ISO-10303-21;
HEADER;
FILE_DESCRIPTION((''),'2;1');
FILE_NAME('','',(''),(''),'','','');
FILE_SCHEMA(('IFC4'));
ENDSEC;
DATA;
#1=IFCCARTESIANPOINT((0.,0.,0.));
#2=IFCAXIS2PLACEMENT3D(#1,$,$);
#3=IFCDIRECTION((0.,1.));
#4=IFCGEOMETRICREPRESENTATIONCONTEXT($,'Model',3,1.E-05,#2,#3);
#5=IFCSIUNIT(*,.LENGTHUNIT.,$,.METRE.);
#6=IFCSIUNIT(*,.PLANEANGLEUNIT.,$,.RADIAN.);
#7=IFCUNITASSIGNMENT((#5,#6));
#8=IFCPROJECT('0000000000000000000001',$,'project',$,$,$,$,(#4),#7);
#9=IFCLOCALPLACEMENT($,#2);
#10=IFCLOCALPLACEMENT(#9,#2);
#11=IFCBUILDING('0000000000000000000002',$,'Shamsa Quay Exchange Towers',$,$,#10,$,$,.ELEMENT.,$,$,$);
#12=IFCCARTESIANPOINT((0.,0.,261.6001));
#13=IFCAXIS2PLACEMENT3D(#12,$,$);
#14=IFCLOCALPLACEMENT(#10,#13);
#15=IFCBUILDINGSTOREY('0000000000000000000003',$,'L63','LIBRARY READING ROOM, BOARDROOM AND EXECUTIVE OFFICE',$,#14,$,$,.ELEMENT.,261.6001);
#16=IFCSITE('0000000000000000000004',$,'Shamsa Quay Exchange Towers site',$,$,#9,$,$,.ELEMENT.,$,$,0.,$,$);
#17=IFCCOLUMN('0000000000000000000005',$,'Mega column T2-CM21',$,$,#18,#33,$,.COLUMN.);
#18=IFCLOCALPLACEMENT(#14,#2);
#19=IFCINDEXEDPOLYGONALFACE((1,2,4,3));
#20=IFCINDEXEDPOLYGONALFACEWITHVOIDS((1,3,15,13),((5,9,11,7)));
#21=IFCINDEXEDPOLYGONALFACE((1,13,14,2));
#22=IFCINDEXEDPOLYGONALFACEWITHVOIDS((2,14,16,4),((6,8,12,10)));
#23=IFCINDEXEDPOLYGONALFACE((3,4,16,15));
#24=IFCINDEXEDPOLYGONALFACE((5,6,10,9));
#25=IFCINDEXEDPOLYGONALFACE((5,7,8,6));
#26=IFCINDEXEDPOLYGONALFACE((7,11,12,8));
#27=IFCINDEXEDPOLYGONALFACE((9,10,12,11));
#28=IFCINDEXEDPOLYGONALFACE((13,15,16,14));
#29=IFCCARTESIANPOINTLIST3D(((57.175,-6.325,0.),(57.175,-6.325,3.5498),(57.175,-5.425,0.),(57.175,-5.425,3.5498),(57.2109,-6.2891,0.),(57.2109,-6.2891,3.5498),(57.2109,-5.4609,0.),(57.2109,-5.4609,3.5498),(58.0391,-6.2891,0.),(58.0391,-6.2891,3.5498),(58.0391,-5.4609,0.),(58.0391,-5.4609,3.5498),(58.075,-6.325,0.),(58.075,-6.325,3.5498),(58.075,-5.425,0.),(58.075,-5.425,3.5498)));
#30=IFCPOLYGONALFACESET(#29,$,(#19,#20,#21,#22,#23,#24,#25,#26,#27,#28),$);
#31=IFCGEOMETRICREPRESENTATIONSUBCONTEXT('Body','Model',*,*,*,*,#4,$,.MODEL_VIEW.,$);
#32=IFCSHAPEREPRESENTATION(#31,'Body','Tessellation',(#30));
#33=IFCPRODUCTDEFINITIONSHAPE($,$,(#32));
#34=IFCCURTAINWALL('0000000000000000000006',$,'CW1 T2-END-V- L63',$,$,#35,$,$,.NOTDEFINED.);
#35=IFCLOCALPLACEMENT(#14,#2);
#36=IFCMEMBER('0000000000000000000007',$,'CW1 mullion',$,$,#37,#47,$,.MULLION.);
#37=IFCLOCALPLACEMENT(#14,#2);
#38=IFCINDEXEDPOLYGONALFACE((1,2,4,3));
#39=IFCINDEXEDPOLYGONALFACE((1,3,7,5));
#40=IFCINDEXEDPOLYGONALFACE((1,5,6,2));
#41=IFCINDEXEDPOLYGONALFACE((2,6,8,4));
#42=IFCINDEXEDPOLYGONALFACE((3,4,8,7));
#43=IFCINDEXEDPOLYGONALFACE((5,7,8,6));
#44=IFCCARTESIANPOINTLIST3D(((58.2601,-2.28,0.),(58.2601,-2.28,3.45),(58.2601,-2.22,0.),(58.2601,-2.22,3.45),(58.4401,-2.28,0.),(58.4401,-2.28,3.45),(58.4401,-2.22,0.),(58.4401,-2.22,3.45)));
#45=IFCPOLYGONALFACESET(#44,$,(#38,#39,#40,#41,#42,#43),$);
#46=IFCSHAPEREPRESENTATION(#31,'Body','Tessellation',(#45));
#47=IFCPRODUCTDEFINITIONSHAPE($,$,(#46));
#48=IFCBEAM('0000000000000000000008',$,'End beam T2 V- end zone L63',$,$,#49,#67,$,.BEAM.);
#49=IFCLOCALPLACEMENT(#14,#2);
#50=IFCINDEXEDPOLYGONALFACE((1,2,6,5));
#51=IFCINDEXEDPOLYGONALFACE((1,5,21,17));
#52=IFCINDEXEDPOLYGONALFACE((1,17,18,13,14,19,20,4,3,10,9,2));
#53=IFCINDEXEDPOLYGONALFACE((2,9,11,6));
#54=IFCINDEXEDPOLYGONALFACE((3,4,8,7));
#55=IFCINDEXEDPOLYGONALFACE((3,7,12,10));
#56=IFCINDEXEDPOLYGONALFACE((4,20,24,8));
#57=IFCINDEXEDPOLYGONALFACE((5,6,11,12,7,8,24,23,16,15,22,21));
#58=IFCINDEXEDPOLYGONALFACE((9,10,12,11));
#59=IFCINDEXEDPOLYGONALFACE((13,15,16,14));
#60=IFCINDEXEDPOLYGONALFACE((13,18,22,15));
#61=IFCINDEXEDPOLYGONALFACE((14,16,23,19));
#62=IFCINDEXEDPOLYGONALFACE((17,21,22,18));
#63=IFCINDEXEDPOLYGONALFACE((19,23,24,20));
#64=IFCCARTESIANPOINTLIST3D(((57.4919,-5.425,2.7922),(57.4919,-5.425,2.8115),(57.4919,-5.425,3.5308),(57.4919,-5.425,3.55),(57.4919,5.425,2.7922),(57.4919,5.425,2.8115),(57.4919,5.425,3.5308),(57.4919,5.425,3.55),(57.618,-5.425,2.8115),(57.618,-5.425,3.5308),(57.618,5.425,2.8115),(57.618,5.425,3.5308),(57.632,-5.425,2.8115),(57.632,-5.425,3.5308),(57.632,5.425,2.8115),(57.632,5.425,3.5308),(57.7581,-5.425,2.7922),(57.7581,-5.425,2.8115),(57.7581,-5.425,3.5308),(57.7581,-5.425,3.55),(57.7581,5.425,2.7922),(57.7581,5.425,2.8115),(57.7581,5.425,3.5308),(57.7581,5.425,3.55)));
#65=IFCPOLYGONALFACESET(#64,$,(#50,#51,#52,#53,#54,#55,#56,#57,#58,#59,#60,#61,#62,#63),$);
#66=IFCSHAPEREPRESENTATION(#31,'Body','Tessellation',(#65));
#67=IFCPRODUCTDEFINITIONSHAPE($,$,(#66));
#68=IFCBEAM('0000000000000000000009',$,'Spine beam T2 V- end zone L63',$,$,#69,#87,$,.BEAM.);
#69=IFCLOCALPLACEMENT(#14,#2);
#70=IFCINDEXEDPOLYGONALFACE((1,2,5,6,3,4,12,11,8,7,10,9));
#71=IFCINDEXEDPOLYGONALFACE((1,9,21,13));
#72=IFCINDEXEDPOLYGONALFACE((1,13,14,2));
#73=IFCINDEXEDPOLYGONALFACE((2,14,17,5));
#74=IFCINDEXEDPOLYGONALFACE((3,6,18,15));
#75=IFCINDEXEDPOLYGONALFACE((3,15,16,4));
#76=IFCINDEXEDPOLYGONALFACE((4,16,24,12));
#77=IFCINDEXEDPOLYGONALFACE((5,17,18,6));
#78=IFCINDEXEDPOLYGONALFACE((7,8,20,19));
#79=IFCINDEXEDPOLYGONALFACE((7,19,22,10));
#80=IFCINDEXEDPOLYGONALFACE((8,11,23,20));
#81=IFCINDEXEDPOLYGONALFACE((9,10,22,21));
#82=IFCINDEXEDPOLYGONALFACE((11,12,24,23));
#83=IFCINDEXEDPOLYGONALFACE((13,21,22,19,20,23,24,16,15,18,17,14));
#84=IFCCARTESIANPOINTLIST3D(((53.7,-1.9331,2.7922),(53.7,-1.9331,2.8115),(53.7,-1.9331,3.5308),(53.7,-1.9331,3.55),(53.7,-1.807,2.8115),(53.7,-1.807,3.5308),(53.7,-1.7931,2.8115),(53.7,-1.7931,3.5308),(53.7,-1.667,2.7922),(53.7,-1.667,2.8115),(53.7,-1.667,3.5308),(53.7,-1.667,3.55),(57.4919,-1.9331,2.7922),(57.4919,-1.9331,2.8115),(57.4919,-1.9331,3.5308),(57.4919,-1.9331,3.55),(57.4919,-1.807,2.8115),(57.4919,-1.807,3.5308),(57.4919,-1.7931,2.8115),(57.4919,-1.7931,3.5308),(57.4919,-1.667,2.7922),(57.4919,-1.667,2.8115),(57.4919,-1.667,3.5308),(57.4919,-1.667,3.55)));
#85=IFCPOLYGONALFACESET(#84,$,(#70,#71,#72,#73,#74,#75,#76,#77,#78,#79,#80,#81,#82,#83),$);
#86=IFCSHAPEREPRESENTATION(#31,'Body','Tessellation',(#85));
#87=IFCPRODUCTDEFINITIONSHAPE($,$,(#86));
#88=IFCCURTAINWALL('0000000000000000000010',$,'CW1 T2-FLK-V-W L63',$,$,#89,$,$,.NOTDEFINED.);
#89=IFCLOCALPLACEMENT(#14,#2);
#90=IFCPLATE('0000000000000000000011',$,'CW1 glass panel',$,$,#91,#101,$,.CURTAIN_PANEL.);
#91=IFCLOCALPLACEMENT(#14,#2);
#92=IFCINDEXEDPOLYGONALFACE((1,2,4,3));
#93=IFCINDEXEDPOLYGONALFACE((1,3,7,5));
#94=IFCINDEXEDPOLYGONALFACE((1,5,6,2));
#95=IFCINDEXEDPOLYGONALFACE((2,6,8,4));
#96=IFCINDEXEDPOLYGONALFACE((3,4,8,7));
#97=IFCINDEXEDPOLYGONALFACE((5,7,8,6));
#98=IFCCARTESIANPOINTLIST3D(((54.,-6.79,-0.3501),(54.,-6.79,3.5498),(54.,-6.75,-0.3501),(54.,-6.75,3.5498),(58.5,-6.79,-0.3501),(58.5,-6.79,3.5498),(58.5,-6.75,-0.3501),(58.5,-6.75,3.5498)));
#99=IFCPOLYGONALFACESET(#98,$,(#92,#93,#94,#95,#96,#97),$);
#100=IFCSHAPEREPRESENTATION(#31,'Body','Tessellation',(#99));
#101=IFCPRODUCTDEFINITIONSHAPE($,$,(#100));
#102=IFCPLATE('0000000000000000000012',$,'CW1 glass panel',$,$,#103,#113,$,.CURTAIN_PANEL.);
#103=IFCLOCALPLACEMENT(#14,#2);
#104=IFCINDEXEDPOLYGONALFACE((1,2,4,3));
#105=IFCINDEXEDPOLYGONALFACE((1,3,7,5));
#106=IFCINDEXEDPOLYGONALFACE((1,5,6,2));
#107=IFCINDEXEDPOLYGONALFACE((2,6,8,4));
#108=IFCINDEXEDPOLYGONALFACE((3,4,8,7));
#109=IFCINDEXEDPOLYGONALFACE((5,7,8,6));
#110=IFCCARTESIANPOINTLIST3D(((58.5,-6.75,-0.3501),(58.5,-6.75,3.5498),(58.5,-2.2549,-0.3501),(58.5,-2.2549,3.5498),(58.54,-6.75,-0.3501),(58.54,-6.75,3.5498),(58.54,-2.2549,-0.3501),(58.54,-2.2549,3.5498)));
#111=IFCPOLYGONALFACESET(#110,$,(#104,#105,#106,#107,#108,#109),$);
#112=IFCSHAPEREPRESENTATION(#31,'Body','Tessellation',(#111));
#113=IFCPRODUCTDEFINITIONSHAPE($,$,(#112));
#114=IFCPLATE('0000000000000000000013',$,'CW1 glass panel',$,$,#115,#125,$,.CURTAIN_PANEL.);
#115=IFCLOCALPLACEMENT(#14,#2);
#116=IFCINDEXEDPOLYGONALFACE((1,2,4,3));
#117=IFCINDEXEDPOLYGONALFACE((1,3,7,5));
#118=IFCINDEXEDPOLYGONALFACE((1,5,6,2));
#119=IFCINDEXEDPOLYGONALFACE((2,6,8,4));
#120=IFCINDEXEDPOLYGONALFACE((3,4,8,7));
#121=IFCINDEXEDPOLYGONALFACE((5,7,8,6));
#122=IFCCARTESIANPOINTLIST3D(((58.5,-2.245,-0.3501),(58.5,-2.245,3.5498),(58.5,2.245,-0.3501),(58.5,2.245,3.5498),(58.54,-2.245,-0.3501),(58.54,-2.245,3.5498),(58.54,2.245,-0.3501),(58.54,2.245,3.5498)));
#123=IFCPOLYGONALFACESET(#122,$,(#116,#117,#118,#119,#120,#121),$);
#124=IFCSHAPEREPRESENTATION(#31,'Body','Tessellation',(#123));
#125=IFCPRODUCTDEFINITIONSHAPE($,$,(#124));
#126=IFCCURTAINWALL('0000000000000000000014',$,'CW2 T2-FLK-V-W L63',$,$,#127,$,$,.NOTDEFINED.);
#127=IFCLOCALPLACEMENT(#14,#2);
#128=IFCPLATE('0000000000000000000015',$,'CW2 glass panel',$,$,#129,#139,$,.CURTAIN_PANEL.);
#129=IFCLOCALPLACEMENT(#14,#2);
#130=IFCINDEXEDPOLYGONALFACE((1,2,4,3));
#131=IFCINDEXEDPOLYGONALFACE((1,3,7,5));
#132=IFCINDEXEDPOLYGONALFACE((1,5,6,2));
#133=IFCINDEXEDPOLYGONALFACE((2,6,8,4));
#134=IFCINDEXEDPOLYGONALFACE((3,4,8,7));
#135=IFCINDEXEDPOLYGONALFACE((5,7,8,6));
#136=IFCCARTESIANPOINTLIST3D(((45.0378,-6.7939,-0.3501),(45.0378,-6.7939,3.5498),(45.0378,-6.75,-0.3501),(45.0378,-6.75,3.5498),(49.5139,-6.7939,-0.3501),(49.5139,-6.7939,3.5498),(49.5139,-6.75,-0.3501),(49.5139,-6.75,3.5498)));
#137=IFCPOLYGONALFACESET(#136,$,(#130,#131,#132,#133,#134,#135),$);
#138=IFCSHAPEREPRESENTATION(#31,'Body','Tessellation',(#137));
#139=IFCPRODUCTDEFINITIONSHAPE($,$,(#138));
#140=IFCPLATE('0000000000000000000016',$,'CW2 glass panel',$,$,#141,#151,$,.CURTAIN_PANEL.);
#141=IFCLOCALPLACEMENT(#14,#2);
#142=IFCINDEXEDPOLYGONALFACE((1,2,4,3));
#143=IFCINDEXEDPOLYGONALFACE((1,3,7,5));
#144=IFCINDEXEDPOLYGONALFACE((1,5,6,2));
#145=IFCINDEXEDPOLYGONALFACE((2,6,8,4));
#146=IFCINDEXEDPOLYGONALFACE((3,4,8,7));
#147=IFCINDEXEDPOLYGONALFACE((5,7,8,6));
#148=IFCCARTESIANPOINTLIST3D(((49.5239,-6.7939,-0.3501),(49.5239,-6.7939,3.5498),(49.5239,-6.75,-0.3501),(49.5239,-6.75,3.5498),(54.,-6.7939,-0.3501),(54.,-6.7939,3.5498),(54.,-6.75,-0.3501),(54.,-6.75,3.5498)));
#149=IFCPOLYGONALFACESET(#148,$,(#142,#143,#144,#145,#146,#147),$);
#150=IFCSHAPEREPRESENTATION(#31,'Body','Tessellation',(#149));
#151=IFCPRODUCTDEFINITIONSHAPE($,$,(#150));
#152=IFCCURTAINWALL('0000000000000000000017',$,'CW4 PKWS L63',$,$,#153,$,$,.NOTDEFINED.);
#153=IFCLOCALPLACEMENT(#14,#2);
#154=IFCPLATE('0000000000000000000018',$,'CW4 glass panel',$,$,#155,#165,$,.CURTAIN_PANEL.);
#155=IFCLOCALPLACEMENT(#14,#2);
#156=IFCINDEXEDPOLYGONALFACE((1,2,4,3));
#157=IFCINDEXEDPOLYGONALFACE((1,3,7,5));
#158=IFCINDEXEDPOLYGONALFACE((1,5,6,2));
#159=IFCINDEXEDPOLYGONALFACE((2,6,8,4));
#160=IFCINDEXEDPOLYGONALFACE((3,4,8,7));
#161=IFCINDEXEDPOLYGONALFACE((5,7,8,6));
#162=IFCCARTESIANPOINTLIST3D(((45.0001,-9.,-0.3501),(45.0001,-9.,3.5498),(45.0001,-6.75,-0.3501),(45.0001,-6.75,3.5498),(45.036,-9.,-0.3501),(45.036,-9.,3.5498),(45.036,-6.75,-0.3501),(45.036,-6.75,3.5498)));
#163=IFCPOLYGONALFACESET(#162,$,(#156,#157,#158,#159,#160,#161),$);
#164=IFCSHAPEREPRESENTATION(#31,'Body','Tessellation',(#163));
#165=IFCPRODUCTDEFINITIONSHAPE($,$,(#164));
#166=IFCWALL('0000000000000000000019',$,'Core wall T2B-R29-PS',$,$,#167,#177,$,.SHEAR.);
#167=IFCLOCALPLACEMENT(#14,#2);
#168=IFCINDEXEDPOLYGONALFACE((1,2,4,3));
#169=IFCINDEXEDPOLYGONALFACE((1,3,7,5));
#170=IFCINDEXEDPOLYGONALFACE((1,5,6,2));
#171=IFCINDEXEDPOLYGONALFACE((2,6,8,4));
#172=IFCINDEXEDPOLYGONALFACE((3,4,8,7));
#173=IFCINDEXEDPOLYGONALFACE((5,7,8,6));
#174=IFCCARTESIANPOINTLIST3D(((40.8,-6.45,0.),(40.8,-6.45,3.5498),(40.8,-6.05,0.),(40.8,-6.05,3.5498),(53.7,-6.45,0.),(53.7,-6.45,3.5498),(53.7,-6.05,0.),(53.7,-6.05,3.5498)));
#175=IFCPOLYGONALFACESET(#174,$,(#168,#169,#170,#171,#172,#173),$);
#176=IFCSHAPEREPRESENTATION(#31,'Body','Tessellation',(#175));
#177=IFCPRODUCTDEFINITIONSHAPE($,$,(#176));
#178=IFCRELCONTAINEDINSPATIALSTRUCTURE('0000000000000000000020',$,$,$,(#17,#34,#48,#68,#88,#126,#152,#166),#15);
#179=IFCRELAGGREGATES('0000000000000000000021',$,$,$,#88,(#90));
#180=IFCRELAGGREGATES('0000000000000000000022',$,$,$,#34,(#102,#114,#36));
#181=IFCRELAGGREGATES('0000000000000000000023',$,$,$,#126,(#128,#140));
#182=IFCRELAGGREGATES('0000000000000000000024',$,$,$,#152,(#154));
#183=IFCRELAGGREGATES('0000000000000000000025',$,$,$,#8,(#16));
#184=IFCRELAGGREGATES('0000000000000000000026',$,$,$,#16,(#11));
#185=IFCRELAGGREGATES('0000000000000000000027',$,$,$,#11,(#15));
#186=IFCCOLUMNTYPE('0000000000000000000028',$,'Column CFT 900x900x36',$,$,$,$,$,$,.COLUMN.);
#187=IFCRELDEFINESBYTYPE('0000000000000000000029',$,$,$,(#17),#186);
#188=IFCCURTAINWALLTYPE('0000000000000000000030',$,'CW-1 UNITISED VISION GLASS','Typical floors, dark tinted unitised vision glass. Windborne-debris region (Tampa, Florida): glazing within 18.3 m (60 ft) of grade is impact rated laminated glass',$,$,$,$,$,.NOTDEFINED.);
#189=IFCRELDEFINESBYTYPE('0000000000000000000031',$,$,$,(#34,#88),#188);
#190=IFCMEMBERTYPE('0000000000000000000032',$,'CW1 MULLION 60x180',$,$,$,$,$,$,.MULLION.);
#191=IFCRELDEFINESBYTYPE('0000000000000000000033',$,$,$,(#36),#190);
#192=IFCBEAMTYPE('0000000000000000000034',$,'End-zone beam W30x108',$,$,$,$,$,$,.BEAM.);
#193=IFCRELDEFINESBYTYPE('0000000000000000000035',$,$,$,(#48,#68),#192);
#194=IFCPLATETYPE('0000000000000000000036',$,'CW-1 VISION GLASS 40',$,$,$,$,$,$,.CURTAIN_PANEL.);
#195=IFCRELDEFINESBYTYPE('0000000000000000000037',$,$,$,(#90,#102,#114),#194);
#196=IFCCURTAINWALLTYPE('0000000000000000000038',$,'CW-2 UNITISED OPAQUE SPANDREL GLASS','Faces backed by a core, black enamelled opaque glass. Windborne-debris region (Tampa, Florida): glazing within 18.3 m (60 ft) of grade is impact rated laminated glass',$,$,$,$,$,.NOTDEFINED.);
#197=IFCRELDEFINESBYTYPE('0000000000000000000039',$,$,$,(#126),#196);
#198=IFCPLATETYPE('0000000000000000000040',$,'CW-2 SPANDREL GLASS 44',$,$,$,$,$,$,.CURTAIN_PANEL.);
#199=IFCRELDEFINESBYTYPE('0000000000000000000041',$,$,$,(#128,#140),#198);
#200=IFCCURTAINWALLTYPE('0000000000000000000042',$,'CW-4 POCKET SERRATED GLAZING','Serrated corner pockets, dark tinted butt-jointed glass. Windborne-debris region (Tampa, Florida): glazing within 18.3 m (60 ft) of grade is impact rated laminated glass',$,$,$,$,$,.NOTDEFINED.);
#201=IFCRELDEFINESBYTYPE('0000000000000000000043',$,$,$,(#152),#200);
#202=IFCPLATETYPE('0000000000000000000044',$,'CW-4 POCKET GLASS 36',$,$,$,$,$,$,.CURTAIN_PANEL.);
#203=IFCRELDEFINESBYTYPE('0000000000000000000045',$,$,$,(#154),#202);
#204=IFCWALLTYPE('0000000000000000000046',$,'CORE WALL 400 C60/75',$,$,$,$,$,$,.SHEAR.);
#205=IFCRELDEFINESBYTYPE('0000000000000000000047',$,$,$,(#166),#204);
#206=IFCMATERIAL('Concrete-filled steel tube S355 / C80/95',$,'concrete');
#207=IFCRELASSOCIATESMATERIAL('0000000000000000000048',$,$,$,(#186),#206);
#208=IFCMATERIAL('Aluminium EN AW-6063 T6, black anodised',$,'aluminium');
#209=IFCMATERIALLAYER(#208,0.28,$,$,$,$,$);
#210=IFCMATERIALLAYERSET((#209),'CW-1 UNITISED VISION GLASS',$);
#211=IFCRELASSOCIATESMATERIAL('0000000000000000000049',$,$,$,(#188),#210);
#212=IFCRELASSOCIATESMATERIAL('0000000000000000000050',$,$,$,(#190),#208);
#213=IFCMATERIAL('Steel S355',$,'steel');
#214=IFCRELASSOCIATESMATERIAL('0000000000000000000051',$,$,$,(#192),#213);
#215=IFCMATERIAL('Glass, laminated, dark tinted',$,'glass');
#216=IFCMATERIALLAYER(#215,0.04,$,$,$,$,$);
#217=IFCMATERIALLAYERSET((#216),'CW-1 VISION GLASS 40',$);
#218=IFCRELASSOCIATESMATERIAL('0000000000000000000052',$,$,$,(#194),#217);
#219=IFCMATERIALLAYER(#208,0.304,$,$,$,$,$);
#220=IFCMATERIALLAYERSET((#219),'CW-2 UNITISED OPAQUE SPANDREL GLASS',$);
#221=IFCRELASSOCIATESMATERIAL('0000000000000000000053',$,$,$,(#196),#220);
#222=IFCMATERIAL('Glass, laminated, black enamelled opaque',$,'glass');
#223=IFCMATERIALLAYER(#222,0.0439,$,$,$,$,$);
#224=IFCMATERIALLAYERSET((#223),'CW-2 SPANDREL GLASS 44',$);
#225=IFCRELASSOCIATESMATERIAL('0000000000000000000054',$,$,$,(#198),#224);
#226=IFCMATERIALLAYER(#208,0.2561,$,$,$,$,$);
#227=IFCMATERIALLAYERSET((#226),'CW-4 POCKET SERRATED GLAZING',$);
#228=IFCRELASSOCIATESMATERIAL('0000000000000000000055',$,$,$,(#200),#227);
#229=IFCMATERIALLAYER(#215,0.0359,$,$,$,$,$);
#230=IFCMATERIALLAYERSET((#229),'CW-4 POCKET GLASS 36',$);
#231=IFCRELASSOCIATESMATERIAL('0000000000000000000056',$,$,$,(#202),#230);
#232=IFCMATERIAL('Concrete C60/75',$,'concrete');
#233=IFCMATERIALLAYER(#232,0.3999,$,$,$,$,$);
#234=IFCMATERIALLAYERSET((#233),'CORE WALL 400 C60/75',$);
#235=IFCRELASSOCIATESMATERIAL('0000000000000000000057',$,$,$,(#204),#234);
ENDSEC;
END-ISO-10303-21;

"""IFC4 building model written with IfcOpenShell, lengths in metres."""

from ifc_helpers import new_model, si_unit, direction, frame, frame_2d, origin, origin_2d, place, context, subcontext, project, spatial, rectangle, hollow_rectangle, i_section, extrude, material, layer, layer_set, material_profile, profile_set, type_object, element, aggregate, save


model = new_model("IFC4")

# Units and contexts
model_context = context("Model", 3, precision=1e-05, world=origin(), true_north=direction((0.0, 1.0)))
body_context = subcontext(model_context, "Body", "Model", "MODEL_VIEW")
ifc_project = project(units=[si_unit("LENGTHUNIT", "METRE"), si_unit("PLANEANGLEUNIT", "RADIAN")], contexts=[model_context])

# Site, building, storey
site_placement = place(None, origin())
site = spatial("IfcSite", under=ifc_project, at=site_placement, Name="Shamsa Quay Exchange Towers site", CompositionType="ELEMENT", RefElevation=0.0)
building_placement = place(site_placement, origin())
building = spatial("IfcBuilding", under=site, at=building_placement, Name="Shamsa Quay Exchange Towers", CompositionType="ELEMENT")
storey_placement = place(building_placement, frame((0.0, 0.0, 261.6001)))
storey = spatial("IfcBuildingStorey", under=building, at=storey_placement, Name="L63", Description="LIBRARY READING ROOM, BOARDROOM AND EXECUTIVE OFFICE", CompositionType="ELEMENT", Elevation=261.6001)

# Column
ifc_material_1 = material(Name="Concrete-filled steel tube S355 / C80/95", Category="concrete")
ifc_material_profile_1 = material_profile(ifc_material_1, hollow_rectangle(XDim=0.8999, YDim=0.8999, WallThickness=0.0359, at=origin_2d()), Name="CFT 900x900x36")
ifc_profile_set_1 = profile_set([ifc_material_profile_1], Name="Concrete-filled steel tube S355 / C80/95")
column_type = type_object("IfcColumnType", Name="Column CFT 900x900x36", PredefinedType="COLUMN", material=ifc_profile_set_1)
column_placement = place(storey_placement, frame((57.625, -5.875, 0.0)))
element("IfcColumn", 1, at=column_placement, inside=storey, type_object=column_type, Name="Mega column T2-CM21", PredefinedType="COLUMN", context=body_context, shape_type="SweptSolid", body=[
    extrude(hollow_rectangle(XDim=0.8999, YDim=0.8999, WallThickness=0.0359, at=origin_2d()), origin(), (0.0, 0.0, 1.0), 3.5498),
])

# Curtain wall, member
ifc_material_2 = material(Name="Aluminium EN AW-6063 T6, black anodised", Category="aluminium")
ifc_layer_1 = layer(ifc_material_2, 0.28)
ifc_layer_set_1 = layer_set([ifc_layer_1], Name="CW-1 UNITISED VISION GLASS")
curtain_wall_type_1 = type_object("IfcCurtainWallType", Name="CW-1 UNITISED VISION GLASS", Description="Typical floors, dark tinted unitised vision glass. Windborne-debris region (Tampa, Florida): glazing within 18.3 m (60 ft) of grade is impact rated laminated glass", PredefinedType="NOTDEFINED", material=ifc_layer_set_1)
curtain_wall_1_placement = place(storey_placement, origin())
curtain_wall_1 = element("IfcCurtainWall", 2, at=curtain_wall_1_placement, inside=storey, type_object=curtain_wall_type_1, Name="CW1 T2-END-V- L63", PredefinedType="NOTDEFINED")
ifc_material_profile_2 = material_profile(ifc_material_2, rectangle(XDim=0.1799, YDim=0.0601, at=origin_2d()), Name="MU60x180")
ifc_profile_set_2 = profile_set([ifc_material_profile_2], Name="Aluminium EN AW-6063 T6, black anodised")
member_type = type_object("IfcMemberType", Name="CW1 MULLION 60x180", PredefinedType="MULLION", material=ifc_profile_set_2)
member_placement = place(storey_placement, frame((58.3501, -2.25, 0.0), z_axis=(0.0, 0.0, 1.0), x_axis=(-1.0, 0.0, 0.0)))
member = element("IfcMember", 3, at=member_placement, type_object=member_type, Name="CW1 mullion", PredefinedType="MULLION", context=body_context, shape_type="SweptSolid", body=[
    extrude(rectangle(XDim=0.1799, YDim=0.0601, at=origin_2d()), origin(), (0.0, 0.0, 1.0), 3.45),
])

# Beams
ifc_material_3 = material(Name="Steel S355", Category="steel")
ifc_material_profile_3 = material_profile(ifc_material_3, i_section(OverallWidth=0.2661, OverallDepth=0.7578, WebThickness=0.0139, FlangeThickness=0.0193, at=origin_2d()), Name="W30x108")
ifc_profile_set_3 = profile_set([ifc_material_profile_3], Name="Steel S355")
beam_type = type_object("IfcBeamType", Name="End-zone beam W30x108", PredefinedType="BEAM", material=ifc_profile_set_3)
beam_1_placement = place(storey_placement, frame((57.625, -5.425, 3.1711), z_axis=(0.0, 1.0, 0.0), x_axis=(-1.0, 0.0, 0.0)))
element("IfcBeam", 4, at=beam_1_placement, inside=storey, type_object=beam_type, Name="End beam T2 V- end zone L63", PredefinedType="BEAM", context=body_context, shape_type="SweptSolid", body=[
    extrude(i_section(OverallWidth=0.2661, OverallDepth=0.7578, WebThickness=0.0139, FlangeThickness=0.0193, at=origin_2d()), origin(), (0.0, 0.0, 1.0), 10.8501),
])
beam_2_placement = place(storey_placement, frame((53.7, -1.8, 3.1711), z_axis=(1.0, 0.0, 0.0), x_axis=(0.0, 1.0, 0.0)))
element("IfcBeam", 5, at=beam_2_placement, inside=storey, type_object=beam_type, Name="Spine beam T2 V- end zone L63", PredefinedType="BEAM", context=body_context, shape_type="SweptSolid", body=[
    extrude(i_section(OverallWidth=0.2661, OverallDepth=0.7578, WebThickness=0.0139, FlangeThickness=0.0193, at=origin_2d()), origin(), (0.0, 0.0, 1.0), 3.792),
])

# Curtain wall, plate
curtain_wall_2_placement = place(storey_placement, origin())
curtain_wall_2 = element("IfcCurtainWall", 6, at=curtain_wall_2_placement, inside=storey, type_object=curtain_wall_type_1, Name="CW1 T2-FLK-V-W L63", PredefinedType="NOTDEFINED")
ifc_material_4 = material(Name="Glass, laminated, dark tinted", Category="glass")
ifc_layer_2 = layer(ifc_material_4, 0.04)
ifc_layer_set_2 = layer_set([ifc_layer_2], Name="CW-1 VISION GLASS 40")
plate_type_1 = type_object("IfcPlateType", Name="CW-1 VISION GLASS 40", PredefinedType="CURTAIN_PANEL", material=ifc_layer_set_2)
plate_1_placement = place(storey_placement, frame((56.25, -6.77, -0.3501)))
plate_1 = element("IfcPlate", 7, at=plate_1_placement, type_object=plate_type_1, Name="CW1 glass panel", PredefinedType="CURTAIN_PANEL", context=body_context, shape_type="SweptSolid", body=[
    extrude(rectangle(XDim=4.5, YDim=0.04, at=origin_2d()), origin(), (0.0, 0.0, 1.0), 3.8999),
])
aggregate(curtain_wall_2, [plate_1])

# Plates
plate_2_placement = place(storey_placement, frame((58.52, -4.5024, -0.3501), z_axis=(0.0, 0.0, 1.0), x_axis=(0.0, 1.0, 0.0)))
plate_2 = element("IfcPlate", 8, at=plate_2_placement, type_object=plate_type_1, Name="CW1 glass panel", PredefinedType="CURTAIN_PANEL", context=body_context, shape_type="SweptSolid", body=[
    extrude(rectangle(XDim=4.4951, YDim=0.04, at=origin_2d()), origin(), (0.0, 0.0, 1.0), 3.8999),
])
plate_3_placement = place(storey_placement, frame((58.52, 0.0, -0.3501), z_axis=(0.0, 0.0, 1.0), x_axis=(0.0, 1.0, 0.0)))
plate_3 = element("IfcPlate", 9, at=plate_3_placement, type_object=plate_type_1, Name="CW1 glass panel", PredefinedType="CURTAIN_PANEL", context=body_context, shape_type="SweptSolid", body=[
    extrude(rectangle(XDim=4.49, YDim=0.04, at=origin_2d()), origin(), (0.0, 0.0, 1.0), 3.8999),
])
aggregate(curtain_wall_1, [plate_2, plate_3, member])

# Curtain wall, plates
ifc_layer_3 = layer(ifc_material_2, 0.304)
ifc_layer_set_3 = layer_set([ifc_layer_3], Name="CW-2 UNITISED OPAQUE SPANDREL GLASS")
curtain_wall_type_2 = type_object("IfcCurtainWallType", Name="CW-2 UNITISED OPAQUE SPANDREL GLASS", Description="Faces backed by a core, black enamelled opaque glass. Windborne-debris region (Tampa, Florida): glazing within 18.3 m (60 ft) of grade is impact rated laminated glass", PredefinedType="NOTDEFINED", material=ifc_layer_set_3)
curtain_wall_3_placement = place(storey_placement, origin())
curtain_wall_3 = element("IfcCurtainWall", 10, at=curtain_wall_3_placement, inside=storey, type_object=curtain_wall_type_2, Name="CW2 T2-FLK-V-W L63", PredefinedType="NOTDEFINED")
ifc_material_5 = material(Name="Glass, laminated, black enamelled opaque", Category="glass")
ifc_layer_4 = layer(ifc_material_5, 0.0439)
ifc_layer_set_4 = layer_set([ifc_layer_4], Name="CW-2 SPANDREL GLASS 44")
plate_type_2 = type_object("IfcPlateType", Name="CW-2 SPANDREL GLASS 44", PredefinedType="CURTAIN_PANEL", material=ifc_layer_set_4)
plate_4_placement = place(storey_placement, frame((47.2759, -6.772, -0.3501)))
plate_4 = element("IfcPlate", 11, at=plate_4_placement, type_object=plate_type_2, Name="CW2 glass panel", PredefinedType="CURTAIN_PANEL", context=body_context, shape_type="SweptSolid", body=[
    extrude(rectangle(XDim=4.4761, YDim=0.0439, at=origin_2d()), origin(), (0.0, 0.0, 1.0), 3.8999),
])
plate_5_placement = place(storey_placement, frame((51.762, -6.772, -0.3501)))
plate_5 = element("IfcPlate", 12, at=plate_5_placement, type_object=plate_type_2, Name="CW2 glass panel", PredefinedType="CURTAIN_PANEL", context=body_context, shape_type="SweptSolid", body=[
    extrude(rectangle(XDim=4.4761, YDim=0.0439, at=origin_2d()), origin(), (0.0, 0.0, 1.0), 3.8999),
])
aggregate(curtain_wall_3, [plate_4, plate_5])

# Curtain wall, plate
ifc_layer_5 = layer(ifc_material_2, 0.2561)
ifc_layer_set_5 = layer_set([ifc_layer_5], Name="CW-4 POCKET SERRATED GLAZING")
curtain_wall_type_3 = type_object("IfcCurtainWallType", Name="CW-4 POCKET SERRATED GLAZING", Description="Serrated corner pockets, dark tinted butt-jointed glass. Windborne-debris region (Tampa, Florida): glazing within 18.3 m (60 ft) of grade is impact rated laminated glass", PredefinedType="NOTDEFINED", material=ifc_layer_set_5)
curtain_wall_4_placement = place(storey_placement, origin())
curtain_wall_4 = element("IfcCurtainWall", 13, at=curtain_wall_4_placement, inside=storey, type_object=curtain_wall_type_3, Name="CW4 PKWS L63", PredefinedType="NOTDEFINED")
ifc_layer_6 = layer(ifc_material_4, 0.0359)
ifc_layer_set_6 = layer_set([ifc_layer_6], Name="CW-4 POCKET GLASS 36")
plate_type_3 = type_object("IfcPlateType", Name="CW-4 POCKET GLASS 36", PredefinedType="CURTAIN_PANEL", material=ifc_layer_set_6)
plate_6_placement = place(storey_placement, frame((45.0181, -7.875, -0.3501), z_axis=(0.0, 0.0, 1.0), x_axis=(0.0, 1.0, 0.0)))
plate_6 = element("IfcPlate", 14, at=plate_6_placement, type_object=plate_type_3, Name="CW4 glass panel", PredefinedType="CURTAIN_PANEL", context=body_context, shape_type="SweptSolid", body=[
    extrude(rectangle(XDim=2.25, YDim=0.0359, at=origin_2d()), origin(), (0.0, 0.0, 1.0), 3.8999),
])
aggregate(curtain_wall_4, [plate_6])

# Wall
ifc_material_6 = material(Name="Concrete C60/75", Category="concrete")
ifc_layer_7 = layer(ifc_material_6, 0.3999)
ifc_layer_set_7 = layer_set([ifc_layer_7], Name="CORE WALL 400 C60/75")
wall_type_1 = type_object("IfcWallType", Name="CORE WALL 400 C60/75", PredefinedType="SHEAR", material=ifc_layer_set_7)
wall_1_placement = place(storey_placement, frame((53.7, -6.25, 0.0), z_axis=(0.0, 0.0, 1.0), x_axis=(-1.0, 0.0, 0.0)))
element("IfcWall", 15, at=wall_1_placement, inside=storey, type_object=wall_type_1, Name="Core wall T2B-R29-PS", PredefinedType="SHEAR", context=body_context, shape_type="SweptSolid", body=[
    extrude(rectangle(XDim=12.8999, YDim=0.3999, at=frame_2d((6.45, 0.0))), origin(), (0.0, 0.0, 1.0), 3.5498),
])

save(model, "model.ifc")
